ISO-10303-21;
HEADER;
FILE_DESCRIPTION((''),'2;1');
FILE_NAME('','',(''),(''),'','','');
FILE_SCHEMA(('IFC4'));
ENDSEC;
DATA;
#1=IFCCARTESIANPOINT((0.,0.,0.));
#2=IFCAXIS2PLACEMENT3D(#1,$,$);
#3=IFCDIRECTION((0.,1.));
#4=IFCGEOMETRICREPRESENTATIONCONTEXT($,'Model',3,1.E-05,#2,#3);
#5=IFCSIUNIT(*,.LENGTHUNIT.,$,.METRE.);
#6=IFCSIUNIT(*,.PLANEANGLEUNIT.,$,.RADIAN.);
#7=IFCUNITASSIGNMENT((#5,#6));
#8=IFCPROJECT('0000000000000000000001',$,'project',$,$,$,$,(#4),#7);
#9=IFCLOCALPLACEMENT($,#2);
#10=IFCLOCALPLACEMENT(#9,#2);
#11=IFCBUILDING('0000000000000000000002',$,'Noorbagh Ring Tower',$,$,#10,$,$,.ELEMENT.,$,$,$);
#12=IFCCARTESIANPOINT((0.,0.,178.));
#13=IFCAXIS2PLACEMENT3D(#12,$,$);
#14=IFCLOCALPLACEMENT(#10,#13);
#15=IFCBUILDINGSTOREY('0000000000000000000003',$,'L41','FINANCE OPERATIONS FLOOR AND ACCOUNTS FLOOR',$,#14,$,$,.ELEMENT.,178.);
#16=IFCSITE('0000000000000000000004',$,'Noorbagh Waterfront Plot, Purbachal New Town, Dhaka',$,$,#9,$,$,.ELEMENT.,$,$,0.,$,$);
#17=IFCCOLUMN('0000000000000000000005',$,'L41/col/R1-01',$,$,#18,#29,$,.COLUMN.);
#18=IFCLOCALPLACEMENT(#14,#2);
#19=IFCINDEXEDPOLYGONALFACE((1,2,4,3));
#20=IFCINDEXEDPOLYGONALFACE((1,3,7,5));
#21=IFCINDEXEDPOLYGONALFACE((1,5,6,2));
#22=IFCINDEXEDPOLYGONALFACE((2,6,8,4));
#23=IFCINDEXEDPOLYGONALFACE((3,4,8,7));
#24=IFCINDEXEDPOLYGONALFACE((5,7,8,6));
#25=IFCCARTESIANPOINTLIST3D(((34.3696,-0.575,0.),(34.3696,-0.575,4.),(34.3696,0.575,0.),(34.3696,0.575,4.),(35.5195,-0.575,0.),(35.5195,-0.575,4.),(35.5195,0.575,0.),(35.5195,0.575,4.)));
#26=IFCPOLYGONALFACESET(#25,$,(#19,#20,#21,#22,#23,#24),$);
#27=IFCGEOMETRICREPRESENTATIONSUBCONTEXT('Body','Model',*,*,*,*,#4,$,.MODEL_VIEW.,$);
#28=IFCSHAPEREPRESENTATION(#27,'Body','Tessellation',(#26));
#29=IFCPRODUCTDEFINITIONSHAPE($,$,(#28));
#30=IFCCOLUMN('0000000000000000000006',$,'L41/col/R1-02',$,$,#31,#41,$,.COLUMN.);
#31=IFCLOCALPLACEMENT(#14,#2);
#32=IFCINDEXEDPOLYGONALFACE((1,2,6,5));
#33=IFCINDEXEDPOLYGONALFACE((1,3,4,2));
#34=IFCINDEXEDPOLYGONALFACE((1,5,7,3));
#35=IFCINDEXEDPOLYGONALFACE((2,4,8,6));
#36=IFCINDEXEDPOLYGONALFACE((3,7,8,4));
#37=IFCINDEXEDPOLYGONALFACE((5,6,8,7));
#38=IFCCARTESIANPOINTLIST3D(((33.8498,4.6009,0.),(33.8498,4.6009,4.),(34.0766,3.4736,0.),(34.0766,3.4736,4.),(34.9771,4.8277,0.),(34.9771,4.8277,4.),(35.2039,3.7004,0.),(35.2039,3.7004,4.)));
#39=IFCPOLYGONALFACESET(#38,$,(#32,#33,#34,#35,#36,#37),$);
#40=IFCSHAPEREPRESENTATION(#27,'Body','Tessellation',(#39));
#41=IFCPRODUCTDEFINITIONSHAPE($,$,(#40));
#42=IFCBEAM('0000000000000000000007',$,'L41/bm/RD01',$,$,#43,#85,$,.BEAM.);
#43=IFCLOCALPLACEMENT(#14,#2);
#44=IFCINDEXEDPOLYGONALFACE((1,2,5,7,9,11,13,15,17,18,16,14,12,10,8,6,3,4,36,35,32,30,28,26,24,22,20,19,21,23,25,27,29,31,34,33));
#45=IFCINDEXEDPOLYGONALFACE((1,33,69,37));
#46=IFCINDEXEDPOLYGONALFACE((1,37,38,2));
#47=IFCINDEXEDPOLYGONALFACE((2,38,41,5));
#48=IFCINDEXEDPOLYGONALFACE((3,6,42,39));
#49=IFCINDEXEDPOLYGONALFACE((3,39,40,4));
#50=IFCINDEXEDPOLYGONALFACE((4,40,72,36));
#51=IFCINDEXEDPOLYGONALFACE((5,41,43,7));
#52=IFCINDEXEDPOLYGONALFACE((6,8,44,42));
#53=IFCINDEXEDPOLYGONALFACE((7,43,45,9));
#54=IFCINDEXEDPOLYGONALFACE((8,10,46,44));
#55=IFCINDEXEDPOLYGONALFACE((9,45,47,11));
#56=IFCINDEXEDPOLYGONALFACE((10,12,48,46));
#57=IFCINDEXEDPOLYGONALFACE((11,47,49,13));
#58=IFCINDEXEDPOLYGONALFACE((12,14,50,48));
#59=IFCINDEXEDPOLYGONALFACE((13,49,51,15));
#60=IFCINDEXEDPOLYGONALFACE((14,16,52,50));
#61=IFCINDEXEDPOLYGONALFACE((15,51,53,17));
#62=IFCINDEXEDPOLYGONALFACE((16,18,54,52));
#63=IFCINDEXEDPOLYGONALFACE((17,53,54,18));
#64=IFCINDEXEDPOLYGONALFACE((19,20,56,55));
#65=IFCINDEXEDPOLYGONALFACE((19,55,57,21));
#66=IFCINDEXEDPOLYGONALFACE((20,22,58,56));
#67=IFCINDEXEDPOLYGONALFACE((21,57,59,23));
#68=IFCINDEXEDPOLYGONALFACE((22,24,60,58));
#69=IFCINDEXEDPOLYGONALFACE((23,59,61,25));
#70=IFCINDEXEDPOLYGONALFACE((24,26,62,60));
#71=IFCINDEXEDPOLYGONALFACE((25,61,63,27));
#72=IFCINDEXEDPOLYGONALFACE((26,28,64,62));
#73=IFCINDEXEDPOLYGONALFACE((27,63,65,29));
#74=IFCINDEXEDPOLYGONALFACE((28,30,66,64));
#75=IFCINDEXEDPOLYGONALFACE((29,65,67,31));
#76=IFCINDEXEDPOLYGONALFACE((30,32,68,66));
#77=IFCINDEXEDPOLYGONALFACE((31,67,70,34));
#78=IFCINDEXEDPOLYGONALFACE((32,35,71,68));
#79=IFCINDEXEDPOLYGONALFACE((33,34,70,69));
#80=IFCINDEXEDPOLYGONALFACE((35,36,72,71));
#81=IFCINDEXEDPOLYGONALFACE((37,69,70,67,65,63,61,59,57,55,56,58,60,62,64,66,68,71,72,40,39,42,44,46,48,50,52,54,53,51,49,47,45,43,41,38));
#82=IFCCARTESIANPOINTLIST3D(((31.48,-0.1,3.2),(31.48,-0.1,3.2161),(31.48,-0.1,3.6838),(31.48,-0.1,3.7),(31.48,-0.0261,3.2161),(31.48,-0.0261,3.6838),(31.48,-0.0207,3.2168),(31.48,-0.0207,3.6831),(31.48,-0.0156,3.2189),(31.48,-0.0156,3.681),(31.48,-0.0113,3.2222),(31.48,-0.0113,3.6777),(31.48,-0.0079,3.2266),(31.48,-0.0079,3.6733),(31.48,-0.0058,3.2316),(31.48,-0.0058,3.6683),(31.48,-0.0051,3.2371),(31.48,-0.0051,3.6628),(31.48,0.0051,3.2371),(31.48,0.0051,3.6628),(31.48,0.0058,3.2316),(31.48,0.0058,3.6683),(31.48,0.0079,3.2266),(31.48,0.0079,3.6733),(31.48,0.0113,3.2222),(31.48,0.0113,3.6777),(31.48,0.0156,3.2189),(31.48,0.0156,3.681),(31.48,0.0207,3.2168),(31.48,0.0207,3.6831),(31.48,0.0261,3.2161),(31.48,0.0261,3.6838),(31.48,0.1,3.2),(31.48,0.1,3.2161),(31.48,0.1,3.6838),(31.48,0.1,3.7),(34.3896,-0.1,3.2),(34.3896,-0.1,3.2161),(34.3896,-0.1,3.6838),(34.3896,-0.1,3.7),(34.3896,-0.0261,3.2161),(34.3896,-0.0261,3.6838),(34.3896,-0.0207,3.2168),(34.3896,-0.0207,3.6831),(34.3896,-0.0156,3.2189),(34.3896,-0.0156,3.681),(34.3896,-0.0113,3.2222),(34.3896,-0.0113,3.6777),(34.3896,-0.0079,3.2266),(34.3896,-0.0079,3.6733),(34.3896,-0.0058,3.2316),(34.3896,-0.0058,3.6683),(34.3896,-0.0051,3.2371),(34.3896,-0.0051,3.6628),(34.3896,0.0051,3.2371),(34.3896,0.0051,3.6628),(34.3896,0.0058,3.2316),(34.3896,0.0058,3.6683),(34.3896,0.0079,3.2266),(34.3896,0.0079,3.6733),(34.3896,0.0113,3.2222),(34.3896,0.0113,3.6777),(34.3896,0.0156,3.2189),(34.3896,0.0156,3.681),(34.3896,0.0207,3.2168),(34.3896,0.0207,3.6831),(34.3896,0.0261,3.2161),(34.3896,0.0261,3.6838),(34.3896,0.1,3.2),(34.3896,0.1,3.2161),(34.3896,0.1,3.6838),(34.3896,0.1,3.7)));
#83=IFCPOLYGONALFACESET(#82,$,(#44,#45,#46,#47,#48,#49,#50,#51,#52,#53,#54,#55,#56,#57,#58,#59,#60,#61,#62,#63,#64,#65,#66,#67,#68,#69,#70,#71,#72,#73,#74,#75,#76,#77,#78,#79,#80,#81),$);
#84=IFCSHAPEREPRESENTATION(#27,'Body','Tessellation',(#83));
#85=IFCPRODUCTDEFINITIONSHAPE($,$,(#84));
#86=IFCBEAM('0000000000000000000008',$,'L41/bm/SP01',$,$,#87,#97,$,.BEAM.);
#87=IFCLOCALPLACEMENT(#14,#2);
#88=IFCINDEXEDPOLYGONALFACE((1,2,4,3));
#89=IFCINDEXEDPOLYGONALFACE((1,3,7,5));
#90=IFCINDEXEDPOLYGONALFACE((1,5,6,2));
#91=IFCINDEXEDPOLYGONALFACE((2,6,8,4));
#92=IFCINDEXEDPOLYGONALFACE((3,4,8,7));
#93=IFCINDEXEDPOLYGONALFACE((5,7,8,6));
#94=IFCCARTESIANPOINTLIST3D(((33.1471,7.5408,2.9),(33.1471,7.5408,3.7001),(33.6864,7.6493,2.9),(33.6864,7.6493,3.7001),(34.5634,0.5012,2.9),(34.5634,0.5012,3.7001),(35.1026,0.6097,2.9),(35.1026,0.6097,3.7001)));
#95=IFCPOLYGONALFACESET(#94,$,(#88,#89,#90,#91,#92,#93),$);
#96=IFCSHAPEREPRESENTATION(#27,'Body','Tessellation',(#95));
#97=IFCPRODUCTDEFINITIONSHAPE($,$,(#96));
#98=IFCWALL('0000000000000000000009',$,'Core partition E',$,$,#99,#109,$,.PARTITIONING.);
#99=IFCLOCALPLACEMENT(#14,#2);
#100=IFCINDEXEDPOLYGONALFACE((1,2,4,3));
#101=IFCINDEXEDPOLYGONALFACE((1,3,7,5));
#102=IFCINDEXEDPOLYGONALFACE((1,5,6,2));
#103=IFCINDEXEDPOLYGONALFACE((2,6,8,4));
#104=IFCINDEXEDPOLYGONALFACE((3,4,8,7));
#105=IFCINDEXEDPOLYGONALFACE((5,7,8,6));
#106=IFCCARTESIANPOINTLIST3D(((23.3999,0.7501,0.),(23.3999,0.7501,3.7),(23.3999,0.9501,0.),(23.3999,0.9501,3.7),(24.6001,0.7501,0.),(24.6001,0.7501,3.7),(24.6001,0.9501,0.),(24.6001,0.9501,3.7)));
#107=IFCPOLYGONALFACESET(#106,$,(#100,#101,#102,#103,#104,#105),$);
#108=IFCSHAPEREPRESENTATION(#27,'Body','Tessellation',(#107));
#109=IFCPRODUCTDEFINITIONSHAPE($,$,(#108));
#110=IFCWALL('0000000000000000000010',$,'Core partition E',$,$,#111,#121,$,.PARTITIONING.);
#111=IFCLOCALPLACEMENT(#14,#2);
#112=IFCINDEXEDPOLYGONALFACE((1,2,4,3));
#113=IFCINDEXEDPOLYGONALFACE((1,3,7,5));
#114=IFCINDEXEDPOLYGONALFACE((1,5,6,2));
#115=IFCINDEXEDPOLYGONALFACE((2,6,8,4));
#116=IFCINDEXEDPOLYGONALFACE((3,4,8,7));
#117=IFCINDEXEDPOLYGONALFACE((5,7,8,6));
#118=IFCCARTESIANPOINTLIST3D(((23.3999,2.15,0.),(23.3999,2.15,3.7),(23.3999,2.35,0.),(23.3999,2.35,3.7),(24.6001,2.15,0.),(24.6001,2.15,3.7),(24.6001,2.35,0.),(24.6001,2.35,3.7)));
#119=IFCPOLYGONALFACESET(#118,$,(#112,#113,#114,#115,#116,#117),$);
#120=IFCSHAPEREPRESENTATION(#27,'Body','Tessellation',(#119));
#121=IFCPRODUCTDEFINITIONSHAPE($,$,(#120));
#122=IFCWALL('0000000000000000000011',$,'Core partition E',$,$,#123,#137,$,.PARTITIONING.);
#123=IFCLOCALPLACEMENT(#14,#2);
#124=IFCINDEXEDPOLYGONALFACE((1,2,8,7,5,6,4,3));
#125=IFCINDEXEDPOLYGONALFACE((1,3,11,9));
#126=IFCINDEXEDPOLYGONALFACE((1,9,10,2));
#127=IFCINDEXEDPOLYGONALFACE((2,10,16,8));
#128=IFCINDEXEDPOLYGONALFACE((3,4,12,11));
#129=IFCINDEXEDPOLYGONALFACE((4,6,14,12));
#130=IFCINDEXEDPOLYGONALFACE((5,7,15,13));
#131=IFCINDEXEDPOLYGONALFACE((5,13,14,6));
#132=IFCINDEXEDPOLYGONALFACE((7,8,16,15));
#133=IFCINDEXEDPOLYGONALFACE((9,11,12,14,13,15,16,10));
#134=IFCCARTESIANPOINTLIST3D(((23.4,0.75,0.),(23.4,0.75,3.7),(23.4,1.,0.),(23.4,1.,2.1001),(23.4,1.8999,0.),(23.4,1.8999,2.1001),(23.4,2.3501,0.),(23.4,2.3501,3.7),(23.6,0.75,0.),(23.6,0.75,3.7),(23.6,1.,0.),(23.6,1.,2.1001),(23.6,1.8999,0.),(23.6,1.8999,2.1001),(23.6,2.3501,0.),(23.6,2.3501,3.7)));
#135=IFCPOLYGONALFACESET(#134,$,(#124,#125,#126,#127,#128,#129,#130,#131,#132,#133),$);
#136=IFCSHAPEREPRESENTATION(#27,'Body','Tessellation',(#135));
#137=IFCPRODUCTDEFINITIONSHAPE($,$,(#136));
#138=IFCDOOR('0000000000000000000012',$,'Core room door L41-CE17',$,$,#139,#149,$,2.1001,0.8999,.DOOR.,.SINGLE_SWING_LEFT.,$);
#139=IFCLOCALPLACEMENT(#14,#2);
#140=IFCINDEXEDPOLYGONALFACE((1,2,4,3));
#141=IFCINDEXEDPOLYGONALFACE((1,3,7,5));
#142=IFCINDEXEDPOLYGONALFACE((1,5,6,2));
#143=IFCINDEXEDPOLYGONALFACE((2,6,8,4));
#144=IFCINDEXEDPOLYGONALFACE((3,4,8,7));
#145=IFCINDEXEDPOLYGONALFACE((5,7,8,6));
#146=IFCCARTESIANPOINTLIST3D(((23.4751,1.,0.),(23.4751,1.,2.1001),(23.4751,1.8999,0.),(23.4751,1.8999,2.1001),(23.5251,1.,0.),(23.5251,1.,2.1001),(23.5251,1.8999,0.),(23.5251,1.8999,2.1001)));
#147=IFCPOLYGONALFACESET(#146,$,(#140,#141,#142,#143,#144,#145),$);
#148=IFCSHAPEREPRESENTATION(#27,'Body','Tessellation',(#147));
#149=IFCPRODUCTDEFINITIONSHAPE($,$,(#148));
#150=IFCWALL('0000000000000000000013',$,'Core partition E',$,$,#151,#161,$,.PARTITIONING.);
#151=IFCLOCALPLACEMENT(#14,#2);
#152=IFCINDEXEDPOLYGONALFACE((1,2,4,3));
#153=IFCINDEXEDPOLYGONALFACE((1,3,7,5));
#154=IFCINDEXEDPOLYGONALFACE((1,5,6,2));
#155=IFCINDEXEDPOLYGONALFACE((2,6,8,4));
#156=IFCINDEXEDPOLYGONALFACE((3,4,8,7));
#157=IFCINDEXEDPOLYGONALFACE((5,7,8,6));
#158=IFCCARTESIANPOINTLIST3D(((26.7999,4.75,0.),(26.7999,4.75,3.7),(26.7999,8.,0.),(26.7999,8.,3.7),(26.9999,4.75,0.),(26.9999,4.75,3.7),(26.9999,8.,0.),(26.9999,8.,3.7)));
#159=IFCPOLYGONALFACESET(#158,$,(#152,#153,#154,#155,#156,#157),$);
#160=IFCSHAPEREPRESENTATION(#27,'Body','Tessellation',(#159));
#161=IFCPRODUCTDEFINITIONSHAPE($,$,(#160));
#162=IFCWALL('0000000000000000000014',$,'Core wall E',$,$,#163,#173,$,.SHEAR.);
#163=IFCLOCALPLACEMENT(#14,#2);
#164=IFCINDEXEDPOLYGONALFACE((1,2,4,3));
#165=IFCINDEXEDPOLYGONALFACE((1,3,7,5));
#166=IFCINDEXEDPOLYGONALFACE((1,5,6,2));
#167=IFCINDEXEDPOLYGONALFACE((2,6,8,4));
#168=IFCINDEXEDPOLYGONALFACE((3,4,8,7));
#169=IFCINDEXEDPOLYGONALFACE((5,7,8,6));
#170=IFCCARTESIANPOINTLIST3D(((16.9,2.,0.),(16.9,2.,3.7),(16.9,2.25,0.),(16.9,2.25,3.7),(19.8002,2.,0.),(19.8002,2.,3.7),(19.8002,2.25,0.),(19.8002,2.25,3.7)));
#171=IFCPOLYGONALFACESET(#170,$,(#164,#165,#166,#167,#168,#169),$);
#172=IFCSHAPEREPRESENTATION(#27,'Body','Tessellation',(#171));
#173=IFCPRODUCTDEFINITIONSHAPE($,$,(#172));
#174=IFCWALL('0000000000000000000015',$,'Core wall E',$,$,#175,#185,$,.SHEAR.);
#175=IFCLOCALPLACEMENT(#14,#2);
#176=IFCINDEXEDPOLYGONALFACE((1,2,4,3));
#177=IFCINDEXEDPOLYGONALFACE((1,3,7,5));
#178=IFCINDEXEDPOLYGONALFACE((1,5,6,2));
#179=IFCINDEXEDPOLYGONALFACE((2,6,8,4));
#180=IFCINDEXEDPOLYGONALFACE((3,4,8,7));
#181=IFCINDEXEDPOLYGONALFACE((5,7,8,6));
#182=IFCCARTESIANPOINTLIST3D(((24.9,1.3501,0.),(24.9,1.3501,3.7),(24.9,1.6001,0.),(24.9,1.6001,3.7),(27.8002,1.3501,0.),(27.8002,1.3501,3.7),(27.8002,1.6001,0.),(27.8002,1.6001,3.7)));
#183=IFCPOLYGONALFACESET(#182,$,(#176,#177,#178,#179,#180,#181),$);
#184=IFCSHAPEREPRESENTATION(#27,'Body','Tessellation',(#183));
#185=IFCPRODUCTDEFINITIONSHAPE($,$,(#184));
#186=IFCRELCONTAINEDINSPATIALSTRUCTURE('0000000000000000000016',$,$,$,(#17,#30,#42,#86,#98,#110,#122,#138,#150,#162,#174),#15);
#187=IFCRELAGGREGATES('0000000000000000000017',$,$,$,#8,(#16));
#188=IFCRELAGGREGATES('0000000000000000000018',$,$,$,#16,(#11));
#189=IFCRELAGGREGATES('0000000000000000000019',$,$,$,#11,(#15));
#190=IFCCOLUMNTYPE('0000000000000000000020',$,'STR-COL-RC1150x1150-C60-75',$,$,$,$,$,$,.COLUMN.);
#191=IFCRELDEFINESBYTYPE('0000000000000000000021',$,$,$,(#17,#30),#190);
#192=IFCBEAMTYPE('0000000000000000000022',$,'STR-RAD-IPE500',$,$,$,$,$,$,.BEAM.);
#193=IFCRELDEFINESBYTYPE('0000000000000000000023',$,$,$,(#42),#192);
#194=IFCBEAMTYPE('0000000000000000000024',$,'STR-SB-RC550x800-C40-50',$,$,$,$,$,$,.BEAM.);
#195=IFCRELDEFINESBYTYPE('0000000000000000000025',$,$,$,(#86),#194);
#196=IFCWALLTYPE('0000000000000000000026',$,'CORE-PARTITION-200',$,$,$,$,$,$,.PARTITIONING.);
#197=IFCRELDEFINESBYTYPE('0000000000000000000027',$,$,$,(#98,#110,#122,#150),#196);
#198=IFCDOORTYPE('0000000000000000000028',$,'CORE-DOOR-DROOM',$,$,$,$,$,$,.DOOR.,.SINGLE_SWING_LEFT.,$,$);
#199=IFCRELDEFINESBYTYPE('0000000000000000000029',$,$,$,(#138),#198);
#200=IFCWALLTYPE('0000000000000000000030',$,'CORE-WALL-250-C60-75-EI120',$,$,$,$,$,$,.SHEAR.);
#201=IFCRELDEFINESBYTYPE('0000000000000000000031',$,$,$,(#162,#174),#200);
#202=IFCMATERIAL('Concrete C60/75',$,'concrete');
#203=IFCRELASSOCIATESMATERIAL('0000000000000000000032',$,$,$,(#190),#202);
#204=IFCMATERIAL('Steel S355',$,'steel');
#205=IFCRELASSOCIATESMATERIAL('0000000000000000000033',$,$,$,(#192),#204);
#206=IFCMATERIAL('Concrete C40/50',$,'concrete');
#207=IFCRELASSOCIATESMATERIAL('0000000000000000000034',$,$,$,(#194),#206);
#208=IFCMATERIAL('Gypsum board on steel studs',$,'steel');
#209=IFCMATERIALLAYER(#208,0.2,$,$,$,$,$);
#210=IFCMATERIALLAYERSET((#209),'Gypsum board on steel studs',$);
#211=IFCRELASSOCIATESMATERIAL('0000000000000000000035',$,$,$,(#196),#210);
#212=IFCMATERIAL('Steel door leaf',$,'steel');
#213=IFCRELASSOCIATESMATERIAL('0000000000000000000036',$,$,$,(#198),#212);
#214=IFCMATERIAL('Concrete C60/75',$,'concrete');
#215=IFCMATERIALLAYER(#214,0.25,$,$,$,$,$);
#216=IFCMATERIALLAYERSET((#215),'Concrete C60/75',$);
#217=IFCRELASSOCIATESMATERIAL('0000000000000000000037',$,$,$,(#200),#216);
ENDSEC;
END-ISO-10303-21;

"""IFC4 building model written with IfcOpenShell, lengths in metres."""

from ifc_helpers import new_model, si_unit, direction, frame, frame_2d, origin, origin_2d, place, context, subcontext, project, spatial, rectangle, i_section, extrude, material, layer, layer_set, material_profile, profile_set, type_object, element, fill, save


model = new_model("IFC4")

# Units and contexts
model_context = context("Model", 3, precision=1e-05, world=origin(), true_north=direction((0.0, 1.0)))
body_context = subcontext(model_context, "Body", "Model", "MODEL_VIEW")
ifc_project = project(units=[si_unit("LENGTHUNIT", "METRE"), si_unit("PLANEANGLEUNIT", "RADIAN")], contexts=[model_context])

# Site, building, storey
site_placement = place(None, origin())
site = spatial("IfcSite", under=ifc_project, at=site_placement, Name="Noorbagh Waterfront Plot, Purbachal New Town, Dhaka", CompositionType="ELEMENT", RefElevation=0.0)
building_placement = place(site_placement, origin())
building = spatial("IfcBuilding", under=site, at=building_placement, Name="Noorbagh Ring Tower", CompositionType="ELEMENT")
storey_placement = place(building_placement, frame((0.0, 0.0, 178.0)))
storey = spatial("IfcBuildingStorey", under=building, at=storey_placement, Name="L41", Description="FINANCE OPERATIONS FLOOR AND ACCOUNTS FLOOR", CompositionType="ELEMENT", Elevation=178.0)

# Columns
ifc_material_1 = material(Name="Concrete C60/75", Category="concrete")
ifc_material_profile_1 = material_profile(ifc_material_1, rectangle(XDim=1.1499, YDim=1.1499, at=origin_2d()), Name="RC1150x1150")
ifc_profile_set_1 = profile_set([ifc_material_profile_1], Name="Concrete C60/75")
column_type = type_object("IfcColumnType", Name="STR-COL-RC1150x1150-C60-75", PredefinedType="COLUMN", material=ifc_profile_set_1)
for number, where, z_axis, x_axis, name in (
    (1, (34.9446, 0.0, 0.0), (0.0, 0.0, 1.0), (0.0, 1.0, 0.0), "L41/col/R1-01"),
    (2, (34.5269, 4.1506, 0.0), (0.0, 0.0, 1.0), (-0.19723, 0.980357, 0.0), "L41/col/R1-02"),
):
    element("IfcColumn", number, at=place(storey_placement, frame(where, z_axis=z_axis, x_axis=x_axis)), inside=storey, type_object=column_type, Name=name, PredefinedType="COLUMN", context=body_context, shape_type="SweptSolid", body=[
        extrude(rectangle(XDim=1.1499, YDim=1.1499, at=origin_2d()), origin(), (0.0, 0.0, 1.0), 4.0),
    ])

# Beams
ifc_material_2 = material(Name="Steel S355", Category="steel")
ifc_material_profile_2 = material_profile(ifc_material_2, i_section(OverallWidth=0.2, OverallDepth=0.5, WebThickness=0.0103, FlangeThickness=0.0161, FilletRadius=0.021, at=origin_2d()), Name="IPE500")
ifc_profile_set_2 = profile_set([ifc_material_profile_2], Name="Steel S355")
beam_type_1 = type_object("IfcBeamType", Name="STR-RAD-IPE500", PredefinedType="BEAM", material=ifc_profile_set_2)
beam_1_placement = place(storey_placement, frame((34.3896, 0.0, 3.45), z_axis=(-1.0, 0.0, 0.0), x_axis=(0.0, -1.0, 0.0)))
element("IfcBeam", 3, at=beam_1_placement, inside=storey, type_object=beam_type_1, Name="L41/bm/RD01", PredefinedType="BEAM", context=body_context, shape_type="SweptSolid", body=[
    extrude(i_section(OverallWidth=0.2, OverallDepth=0.5, WebThickness=0.0103, FlangeThickness=0.0161, FilletRadius=0.021, at=origin_2d()), origin(), (0.0, 0.0, 1.0), 2.9097),
])
ifc_material_3 = material(Name="Concrete C40/50", Category="concrete")
ifc_material_profile_3 = material_profile(ifc_material_3, rectangle(XDim=0.55, YDim=0.8, at=origin_2d()), Name="RC550x800")
ifc_profile_set_3 = profile_set([ifc_material_profile_3], Name="Concrete C40/50")
beam_type_2 = type_object("IfcBeamType", Name="STR-SB-RC550x800-C40-50", PredefinedType="BEAM", material=ifc_profile_set_3)
beam_2_placement = place(storey_placement, frame((34.833, 0.5554, 3.3), z_axis=(-0.197234, 0.980356, 0.0), x_axis=(-0.980356, -0.197234, 0.0)))
element("IfcBeam", 4, at=beam_2_placement, inside=storey, type_object=beam_type_2, Name="L41/bm/SP01", PredefinedType="BEAM", context=body_context, shape_type="SweptSolid", body=[
    extrude(rectangle(XDim=0.55, YDim=0.8, at=origin_2d()), origin(), (0.0, 0.0, 1.0), 7.1807),
])

# Walls
ifc_material_4 = material(Name="Gypsum board on steel studs", Category="steel")
ifc_layer_1 = layer(ifc_material_4, 0.2)
ifc_layer_set_1 = layer_set([ifc_layer_1], Name="Gypsum board on steel studs")
wall_type_1 = type_object("IfcWallType", Name="CORE-PARTITION-200", PredefinedType="PARTITIONING", material=ifc_layer_set_1)
for number, where, z_axis, x_axis, name in (
    (5, (23.3999, 0.8501, 0.0), (0.0, 0.0, 1.0), (1.0, 0.0, 0.0), "Core partition E"),
    (6, (23.3999, 2.25, 0.0), (0.0, 0.0, 1.0), (1.0, 0.0, 0.0), "Core partition E"),
):
    element("IfcWall", number, at=place(storey_placement, frame(where, z_axis=z_axis, x_axis=x_axis)), inside=storey, type_object=wall_type_1, Name=name, PredefinedType="PARTITIONING", context=body_context, shape_type="SweptSolid", body=[
        extrude(rectangle(XDim=1.2002, YDim=0.2, at=frame_2d((0.6001, 0.0))), origin(), (0.0, 0.0, 1.0), 3.7),
    ])

# Wall, opening, door
wall_1_placement = place(storey_placement, frame((23.5, 0.75, 0.0), z_axis=(0.0, 0.0, 1.0), x_axis=(0.0, 1.0, 0.0)))
wall_1 = element("IfcWall", 7, at=wall_1_placement, inside=storey, type_object=wall_type_1, Name="Core partition E", PredefinedType="PARTITIONING", context=body_context, shape_type="SweptSolid", body=[
    extrude(rectangle(XDim=1.6001, YDim=0.2, at=frame_2d((0.8, 0.0))), origin(), (0.0, 0.0, 1.0), 3.7),
])
opening_1_placement = place(wall_1_placement, frame((0.25, 0.0, 0.0)))
opening_1 = element("IfcOpeningElement", 8, at=opening_1_placement, cuts=wall_1, PredefinedType="OPENING", context=body_context, shape_type="SweptSolid", body=[
    extrude(rectangle(XDim=0.8999, YDim=2.1001, at=frame_2d((0.45, 1.05))), frame((0.0, 0.1099, 0.0), z_axis=(0.0, -1.0, 0.0), x_axis=(1.0, 0.0, 0.0)), (0.0, 0.0, 1.0), 0.22),
])
ifc_material_5 = material(Name="Steel door leaf", Category="steel")
door_type_1 = type_object("IfcDoorType", Name="CORE-DOOR-DROOM", OperationType="SINGLE_SWING_LEFT", PredefinedType="DOOR", material=ifc_material_5)
door_1_placement = place(opening_1_placement, origin())
door_1 = element("IfcDoor", 9, at=door_1_placement, inside=storey, type_object=door_type_1, Name="Core room door L41-CE17", OperationType="SINGLE_SWING_LEFT", OverallHeight=2.1001, OverallWidth=0.8999, PredefinedType="DOOR", context=body_context, shape_type="SweptSolid", body=[
    extrude(rectangle(XDim=0.8999, YDim=2.1001, at=frame_2d((0.45, 1.05))), frame((0.0, 0.0249, 0.0), z_axis=(0.0, -1.0, 0.0), x_axis=(1.0, 0.0, 0.0)), (0.0, 0.0, 1.0), 0.05),
])
fill(opening_1, door_1)

# Walls
wall_2_placement = place(storey_placement, frame((26.8999, 4.75, 0.0), z_axis=(0.0, 0.0, 1.0), x_axis=(0.0, 1.0, 0.0)))
element("IfcWall", 10, at=wall_2_placement, inside=storey, type_object=wall_type_1, Name="Core partition E", PredefinedType="PARTITIONING", context=body_context, shape_type="SweptSolid", body=[
    extrude(rectangle(XDim=3.25, YDim=0.2, at=frame_2d((1.625, 0.0))), origin(), (0.0, 0.0, 1.0), 3.7),
])
ifc_material_6 = material(Name="Concrete C60/75", Category="concrete")
ifc_layer_2 = layer(ifc_material_6, 0.25)
ifc_layer_set_2 = layer_set([ifc_layer_2], Name="Concrete C60/75")
wall_type_2 = type_object("IfcWallType", Name="CORE-WALL-250-C60-75-EI120", PredefinedType="SHEAR", material=ifc_layer_set_2)
for number, where, z_axis, x_axis, name in (
    (11, (16.8999, 2.125, 0.0), (0.0, 0.0, 1.0), (1.0, 0.0, 0.0), "Core wall E"),
    (12, (24.8999, 1.4751, 0.0), (0.0, 0.0, 1.0), (1.0, 0.0, 0.0), "Core wall E"),
):
    element("IfcWall", number, at=place(storey_placement, frame(where, z_axis=z_axis, x_axis=x_axis)), inside=storey, type_object=wall_type_2, Name=name, PredefinedType="SHEAR", context=body_context, shape_type="SweptSolid", body=[
        extrude(rectangle(XDim=2.9001, YDim=0.25, at=frame_2d((1.4502, 0.0))), origin(), (0.0, 0.0, 1.0), 3.7),
    ])

save(model, "model.ifc")
